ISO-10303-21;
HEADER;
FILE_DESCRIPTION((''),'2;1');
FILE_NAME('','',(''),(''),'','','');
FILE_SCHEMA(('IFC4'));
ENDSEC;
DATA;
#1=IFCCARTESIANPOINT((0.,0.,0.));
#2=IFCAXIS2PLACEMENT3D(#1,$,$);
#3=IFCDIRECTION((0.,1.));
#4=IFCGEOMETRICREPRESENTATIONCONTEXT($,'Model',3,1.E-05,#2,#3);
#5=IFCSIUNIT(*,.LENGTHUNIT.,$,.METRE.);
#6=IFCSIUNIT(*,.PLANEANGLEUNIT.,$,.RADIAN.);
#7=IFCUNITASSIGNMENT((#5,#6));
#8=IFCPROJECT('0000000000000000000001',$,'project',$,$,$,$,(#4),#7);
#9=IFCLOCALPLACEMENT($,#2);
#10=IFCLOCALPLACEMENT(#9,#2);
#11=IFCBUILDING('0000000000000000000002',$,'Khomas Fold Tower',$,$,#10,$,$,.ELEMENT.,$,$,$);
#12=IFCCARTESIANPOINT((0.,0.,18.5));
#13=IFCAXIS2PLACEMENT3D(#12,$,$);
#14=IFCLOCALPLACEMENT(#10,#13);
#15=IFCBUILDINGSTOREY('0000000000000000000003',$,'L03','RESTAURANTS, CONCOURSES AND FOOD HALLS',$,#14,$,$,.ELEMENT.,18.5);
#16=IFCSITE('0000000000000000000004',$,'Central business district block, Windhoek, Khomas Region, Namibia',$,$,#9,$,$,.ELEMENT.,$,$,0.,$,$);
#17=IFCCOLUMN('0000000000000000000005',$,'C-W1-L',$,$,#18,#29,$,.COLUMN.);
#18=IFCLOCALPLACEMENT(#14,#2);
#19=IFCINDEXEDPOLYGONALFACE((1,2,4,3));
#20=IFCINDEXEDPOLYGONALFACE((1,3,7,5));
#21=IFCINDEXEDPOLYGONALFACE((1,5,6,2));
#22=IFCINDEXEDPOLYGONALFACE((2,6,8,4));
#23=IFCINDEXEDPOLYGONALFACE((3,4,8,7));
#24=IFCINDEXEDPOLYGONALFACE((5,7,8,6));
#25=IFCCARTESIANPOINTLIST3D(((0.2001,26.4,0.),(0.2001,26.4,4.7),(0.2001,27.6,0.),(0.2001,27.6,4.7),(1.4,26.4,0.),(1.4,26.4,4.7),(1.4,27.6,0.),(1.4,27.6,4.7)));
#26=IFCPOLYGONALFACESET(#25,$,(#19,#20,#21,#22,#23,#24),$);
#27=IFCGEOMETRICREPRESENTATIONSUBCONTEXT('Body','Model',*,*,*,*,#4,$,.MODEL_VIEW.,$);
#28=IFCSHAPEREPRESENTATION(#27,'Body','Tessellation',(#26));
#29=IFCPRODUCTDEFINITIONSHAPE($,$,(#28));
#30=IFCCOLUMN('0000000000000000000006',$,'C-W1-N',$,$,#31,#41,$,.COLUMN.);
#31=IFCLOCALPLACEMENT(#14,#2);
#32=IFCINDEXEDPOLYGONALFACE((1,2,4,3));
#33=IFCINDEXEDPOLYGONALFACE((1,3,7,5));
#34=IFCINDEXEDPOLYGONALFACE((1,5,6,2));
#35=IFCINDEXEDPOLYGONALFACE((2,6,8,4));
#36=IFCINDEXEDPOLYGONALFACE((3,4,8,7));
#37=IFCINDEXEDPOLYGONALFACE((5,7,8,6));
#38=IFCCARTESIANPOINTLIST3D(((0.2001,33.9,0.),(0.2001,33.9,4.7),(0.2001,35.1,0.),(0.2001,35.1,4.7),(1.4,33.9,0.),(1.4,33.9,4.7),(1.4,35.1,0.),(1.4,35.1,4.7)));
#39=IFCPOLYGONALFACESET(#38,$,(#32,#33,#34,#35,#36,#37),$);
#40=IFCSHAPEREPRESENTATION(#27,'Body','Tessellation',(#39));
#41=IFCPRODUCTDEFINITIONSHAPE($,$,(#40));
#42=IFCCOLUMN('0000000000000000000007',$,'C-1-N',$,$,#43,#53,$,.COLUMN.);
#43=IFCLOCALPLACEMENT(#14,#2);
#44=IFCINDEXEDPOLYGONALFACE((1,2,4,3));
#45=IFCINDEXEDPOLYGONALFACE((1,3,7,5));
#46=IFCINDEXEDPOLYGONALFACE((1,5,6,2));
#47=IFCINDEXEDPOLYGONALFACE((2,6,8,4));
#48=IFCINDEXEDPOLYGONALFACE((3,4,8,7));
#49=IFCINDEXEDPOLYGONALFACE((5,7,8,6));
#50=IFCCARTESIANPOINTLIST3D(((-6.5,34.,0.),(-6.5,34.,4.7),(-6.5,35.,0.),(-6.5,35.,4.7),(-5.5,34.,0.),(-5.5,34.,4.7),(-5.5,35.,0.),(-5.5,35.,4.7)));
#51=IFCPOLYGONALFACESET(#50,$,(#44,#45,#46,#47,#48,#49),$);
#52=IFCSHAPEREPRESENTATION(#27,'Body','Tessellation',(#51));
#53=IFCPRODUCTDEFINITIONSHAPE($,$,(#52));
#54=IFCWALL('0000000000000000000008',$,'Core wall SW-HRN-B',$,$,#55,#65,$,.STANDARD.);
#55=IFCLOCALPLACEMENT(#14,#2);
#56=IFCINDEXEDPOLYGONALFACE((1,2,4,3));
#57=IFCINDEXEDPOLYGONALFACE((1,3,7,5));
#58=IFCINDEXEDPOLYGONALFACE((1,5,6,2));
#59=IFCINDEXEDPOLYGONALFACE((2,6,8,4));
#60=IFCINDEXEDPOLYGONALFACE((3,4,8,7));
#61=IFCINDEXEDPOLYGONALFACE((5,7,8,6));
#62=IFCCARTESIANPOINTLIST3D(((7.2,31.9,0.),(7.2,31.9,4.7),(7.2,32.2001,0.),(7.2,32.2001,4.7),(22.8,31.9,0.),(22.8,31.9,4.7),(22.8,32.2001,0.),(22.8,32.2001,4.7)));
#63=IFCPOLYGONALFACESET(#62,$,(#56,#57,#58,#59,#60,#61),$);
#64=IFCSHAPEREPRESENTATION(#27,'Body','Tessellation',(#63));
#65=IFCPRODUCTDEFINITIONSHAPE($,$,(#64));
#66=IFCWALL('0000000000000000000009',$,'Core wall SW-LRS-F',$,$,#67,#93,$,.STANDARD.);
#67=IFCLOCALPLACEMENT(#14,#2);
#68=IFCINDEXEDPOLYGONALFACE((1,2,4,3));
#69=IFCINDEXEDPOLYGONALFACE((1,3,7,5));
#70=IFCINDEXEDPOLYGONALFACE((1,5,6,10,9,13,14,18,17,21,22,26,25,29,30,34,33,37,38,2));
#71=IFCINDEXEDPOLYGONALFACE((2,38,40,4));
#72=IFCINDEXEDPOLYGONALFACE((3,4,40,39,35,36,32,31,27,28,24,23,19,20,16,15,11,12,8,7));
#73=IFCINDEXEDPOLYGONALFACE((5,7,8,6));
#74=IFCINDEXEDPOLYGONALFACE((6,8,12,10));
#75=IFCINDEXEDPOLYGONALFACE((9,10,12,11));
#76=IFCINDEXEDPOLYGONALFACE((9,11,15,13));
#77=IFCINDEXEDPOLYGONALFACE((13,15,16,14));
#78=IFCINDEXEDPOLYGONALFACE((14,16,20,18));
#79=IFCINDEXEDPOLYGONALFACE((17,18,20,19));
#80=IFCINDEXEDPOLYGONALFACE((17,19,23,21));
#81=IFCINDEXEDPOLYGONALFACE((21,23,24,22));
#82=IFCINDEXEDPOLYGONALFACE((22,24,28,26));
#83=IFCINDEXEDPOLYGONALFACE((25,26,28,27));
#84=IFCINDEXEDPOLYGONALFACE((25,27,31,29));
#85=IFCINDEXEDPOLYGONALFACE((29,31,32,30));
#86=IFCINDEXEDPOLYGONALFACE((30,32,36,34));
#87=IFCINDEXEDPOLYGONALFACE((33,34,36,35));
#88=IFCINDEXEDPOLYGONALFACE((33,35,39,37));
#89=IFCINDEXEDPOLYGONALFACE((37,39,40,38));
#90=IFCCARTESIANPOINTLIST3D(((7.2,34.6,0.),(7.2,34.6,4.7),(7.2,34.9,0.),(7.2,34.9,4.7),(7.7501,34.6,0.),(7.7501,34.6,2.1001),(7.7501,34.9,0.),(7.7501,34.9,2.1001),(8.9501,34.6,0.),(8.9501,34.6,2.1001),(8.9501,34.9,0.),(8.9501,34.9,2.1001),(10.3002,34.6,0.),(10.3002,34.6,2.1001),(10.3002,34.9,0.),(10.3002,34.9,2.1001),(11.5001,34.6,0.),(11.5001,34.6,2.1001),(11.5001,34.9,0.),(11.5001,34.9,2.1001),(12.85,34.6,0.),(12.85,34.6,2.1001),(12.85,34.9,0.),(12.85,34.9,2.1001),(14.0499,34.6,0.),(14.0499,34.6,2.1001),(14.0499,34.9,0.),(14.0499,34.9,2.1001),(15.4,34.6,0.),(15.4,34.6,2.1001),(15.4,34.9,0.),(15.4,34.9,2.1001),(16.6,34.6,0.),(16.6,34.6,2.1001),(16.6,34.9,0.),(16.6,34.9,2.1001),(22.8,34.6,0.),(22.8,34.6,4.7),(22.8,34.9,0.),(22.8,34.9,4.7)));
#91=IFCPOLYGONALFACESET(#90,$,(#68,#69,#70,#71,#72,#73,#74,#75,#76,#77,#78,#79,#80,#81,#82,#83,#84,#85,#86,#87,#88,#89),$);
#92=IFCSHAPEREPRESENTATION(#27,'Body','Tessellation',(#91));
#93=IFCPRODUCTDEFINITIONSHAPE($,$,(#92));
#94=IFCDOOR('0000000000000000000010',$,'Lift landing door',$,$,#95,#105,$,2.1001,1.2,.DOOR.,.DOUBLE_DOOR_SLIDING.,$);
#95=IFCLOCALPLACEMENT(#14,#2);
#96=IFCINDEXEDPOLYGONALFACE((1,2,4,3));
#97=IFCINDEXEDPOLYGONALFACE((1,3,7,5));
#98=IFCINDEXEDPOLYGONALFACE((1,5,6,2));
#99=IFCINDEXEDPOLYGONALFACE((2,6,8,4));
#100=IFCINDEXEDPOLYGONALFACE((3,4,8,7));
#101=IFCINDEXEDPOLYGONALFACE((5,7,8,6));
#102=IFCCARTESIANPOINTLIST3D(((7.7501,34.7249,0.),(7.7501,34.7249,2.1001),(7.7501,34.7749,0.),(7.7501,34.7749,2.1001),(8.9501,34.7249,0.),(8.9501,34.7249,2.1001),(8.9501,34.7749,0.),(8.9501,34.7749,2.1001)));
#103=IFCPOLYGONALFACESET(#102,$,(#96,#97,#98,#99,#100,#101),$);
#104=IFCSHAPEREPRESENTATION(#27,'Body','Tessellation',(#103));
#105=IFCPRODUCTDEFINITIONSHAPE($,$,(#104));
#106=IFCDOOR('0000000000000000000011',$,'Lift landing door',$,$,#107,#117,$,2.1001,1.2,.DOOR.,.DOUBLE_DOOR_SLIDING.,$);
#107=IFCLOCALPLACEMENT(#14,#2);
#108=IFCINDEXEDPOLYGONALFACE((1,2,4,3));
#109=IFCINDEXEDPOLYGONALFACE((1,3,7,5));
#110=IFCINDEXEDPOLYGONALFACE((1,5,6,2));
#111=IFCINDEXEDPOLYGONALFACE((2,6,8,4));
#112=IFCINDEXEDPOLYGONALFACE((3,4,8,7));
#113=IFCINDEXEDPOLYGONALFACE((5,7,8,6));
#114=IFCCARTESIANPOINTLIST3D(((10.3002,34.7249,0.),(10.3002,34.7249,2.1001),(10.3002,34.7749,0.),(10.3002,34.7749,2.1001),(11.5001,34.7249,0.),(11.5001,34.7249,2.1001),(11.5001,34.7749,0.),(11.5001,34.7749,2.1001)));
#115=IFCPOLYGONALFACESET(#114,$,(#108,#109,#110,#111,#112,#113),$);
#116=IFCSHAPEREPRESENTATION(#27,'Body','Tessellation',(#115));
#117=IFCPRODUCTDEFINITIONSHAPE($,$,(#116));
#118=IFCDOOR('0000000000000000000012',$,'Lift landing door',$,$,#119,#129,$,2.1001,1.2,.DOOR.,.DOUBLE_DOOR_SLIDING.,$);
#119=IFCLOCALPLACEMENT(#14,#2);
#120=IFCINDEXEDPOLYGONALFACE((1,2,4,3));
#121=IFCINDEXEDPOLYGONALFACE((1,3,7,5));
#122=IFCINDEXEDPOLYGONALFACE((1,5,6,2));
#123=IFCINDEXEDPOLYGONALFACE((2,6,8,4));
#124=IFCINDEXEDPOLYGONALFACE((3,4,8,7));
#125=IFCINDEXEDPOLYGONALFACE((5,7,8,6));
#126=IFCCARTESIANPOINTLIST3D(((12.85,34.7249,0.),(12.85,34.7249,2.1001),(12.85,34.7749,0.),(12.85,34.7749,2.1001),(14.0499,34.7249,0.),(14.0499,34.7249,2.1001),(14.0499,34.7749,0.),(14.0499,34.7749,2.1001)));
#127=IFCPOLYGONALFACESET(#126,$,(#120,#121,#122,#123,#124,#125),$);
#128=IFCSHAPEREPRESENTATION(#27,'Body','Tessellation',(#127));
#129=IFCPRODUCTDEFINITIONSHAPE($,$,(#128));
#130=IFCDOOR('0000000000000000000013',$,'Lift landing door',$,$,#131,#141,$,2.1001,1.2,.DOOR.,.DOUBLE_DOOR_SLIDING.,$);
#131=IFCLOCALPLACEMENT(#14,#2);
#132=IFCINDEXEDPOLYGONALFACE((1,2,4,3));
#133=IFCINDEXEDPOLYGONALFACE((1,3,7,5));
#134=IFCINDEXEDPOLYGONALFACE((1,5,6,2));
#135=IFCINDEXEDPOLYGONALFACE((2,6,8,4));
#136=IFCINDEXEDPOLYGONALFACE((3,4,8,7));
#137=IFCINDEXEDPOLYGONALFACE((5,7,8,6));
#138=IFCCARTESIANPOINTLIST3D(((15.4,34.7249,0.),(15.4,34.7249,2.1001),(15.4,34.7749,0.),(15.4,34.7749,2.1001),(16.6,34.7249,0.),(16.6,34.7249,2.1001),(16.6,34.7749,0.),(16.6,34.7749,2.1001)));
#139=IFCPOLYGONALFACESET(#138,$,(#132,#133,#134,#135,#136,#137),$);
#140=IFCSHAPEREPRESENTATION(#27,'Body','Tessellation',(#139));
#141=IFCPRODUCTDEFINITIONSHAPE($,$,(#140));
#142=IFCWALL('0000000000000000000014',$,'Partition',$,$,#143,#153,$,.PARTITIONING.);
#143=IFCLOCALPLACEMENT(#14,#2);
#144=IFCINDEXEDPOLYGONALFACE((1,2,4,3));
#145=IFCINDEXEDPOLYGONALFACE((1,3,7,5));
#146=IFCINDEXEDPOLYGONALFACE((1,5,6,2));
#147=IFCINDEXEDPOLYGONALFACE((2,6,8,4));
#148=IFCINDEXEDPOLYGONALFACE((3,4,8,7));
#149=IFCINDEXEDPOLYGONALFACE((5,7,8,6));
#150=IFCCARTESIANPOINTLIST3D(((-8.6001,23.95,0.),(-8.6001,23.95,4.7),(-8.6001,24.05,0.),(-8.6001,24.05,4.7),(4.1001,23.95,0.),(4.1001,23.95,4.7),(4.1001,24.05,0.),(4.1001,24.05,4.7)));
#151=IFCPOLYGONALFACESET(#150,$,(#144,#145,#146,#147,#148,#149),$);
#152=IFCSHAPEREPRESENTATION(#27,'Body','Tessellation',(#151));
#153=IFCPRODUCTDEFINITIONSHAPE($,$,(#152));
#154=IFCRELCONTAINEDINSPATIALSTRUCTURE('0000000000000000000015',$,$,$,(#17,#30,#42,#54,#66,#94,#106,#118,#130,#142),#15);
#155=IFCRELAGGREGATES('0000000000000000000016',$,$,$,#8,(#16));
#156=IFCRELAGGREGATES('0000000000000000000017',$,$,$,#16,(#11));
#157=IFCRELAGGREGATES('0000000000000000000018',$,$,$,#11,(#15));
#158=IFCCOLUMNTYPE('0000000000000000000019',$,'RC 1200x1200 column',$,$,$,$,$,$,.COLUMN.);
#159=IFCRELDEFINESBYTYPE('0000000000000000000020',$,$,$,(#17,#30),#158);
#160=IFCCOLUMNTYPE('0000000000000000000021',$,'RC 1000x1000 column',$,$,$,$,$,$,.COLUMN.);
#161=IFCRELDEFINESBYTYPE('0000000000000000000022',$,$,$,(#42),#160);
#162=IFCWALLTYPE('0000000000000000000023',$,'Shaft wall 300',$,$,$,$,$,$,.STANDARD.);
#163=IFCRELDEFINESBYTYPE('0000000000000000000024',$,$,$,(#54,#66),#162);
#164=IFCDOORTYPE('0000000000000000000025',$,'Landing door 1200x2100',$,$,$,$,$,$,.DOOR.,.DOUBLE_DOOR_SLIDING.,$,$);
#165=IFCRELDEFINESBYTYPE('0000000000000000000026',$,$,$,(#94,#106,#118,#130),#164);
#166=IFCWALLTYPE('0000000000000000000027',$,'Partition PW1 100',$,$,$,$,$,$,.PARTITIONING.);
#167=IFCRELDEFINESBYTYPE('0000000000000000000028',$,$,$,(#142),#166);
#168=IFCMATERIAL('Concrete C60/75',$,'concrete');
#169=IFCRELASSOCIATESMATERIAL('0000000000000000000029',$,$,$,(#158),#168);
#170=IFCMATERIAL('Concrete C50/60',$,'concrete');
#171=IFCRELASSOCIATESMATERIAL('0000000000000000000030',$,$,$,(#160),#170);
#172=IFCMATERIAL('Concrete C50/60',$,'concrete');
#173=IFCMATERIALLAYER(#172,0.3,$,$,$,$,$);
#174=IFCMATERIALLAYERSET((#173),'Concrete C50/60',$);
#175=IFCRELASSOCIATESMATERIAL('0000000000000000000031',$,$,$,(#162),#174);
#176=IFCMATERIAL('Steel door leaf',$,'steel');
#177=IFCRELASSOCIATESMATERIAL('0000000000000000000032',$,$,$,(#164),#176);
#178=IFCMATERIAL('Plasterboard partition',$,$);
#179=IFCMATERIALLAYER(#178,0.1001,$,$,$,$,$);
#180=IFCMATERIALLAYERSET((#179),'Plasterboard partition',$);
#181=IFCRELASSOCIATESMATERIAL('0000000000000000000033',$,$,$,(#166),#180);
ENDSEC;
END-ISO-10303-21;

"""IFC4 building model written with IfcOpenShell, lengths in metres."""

from ifc_helpers import new_model, si_unit, direction, frame, frame_2d, origin, origin_2d, place, context, subcontext, project, spatial, rectangle, extrude, source, transform, mapped, material, layer, layer_set, material_profile, profile_set, type_object, element, fill, save


model = new_model("IFC4")

# Units and contexts
model_context = context("Model", 3, precision=1e-05, world=origin(), true_north=direction((0.0, 1.0)))
body_context = subcontext(model_context, "Body", "Model", "MODEL_VIEW")
ifc_project = project(units=[si_unit("LENGTHUNIT", "METRE"), si_unit("PLANEANGLEUNIT", "RADIAN")], contexts=[model_context])

# Site, building, storey
site_placement = place(None, origin())
site = spatial("IfcSite", under=ifc_project, at=site_placement, Name="Central business district block, Windhoek, Khomas Region, Namibia", CompositionType="ELEMENT", RefElevation=0.0)
building_placement = place(site_placement, origin())
building = spatial("IfcBuilding", under=site, at=building_placement, Name="Khomas Fold Tower", CompositionType="ELEMENT")
storey_placement = place(building_placement, frame((0.0, 0.0, 18.5)))
storey = spatial("IfcBuildingStorey", under=building, at=storey_placement, Name="L03", Description="RESTAURANTS, CONCOURSES AND FOOD HALLS", CompositionType="ELEMENT", Elevation=18.5)

# Columns
ifc_material_1 = material(Name="Concrete C60/75", Category="concrete")
ifc_material_profile_1 = material_profile(ifc_material_1, rectangle(XDim=1.2, YDim=1.2, at=origin_2d()), Name="RC 1200x1200")
ifc_profile_set_1 = profile_set([ifc_material_profile_1], Name="Concrete C60/75")
column_type_1 = type_object("IfcColumnType", Name="RC 1200x1200 column", PredefinedType="COLUMN", material=ifc_profile_set_1)
shared_shape_1 = source(origin(), body_context, "Body", "SweptSolid", [
    extrude(rectangle(XDim=1.2, YDim=1.2, at=origin_2d()), origin(), (0.0, 0.0, 1.0), 4.7),
])
for number, where, z_axis, x_axis, name in (
    (1, (0.8, 27.0, 0.0), (0.0, 0.0, 1.0), (1.0, 0.0, 0.0), "C-W1-L"),
    (2, (0.8, 34.5, 0.0), (0.0, 0.0, 1.0), (1.0, 0.0, 0.0), "C-W1-N"),
):
    element("IfcColumn", number, at=place(storey_placement, frame(where, z_axis=z_axis, x_axis=x_axis)), inside=storey, type_object=column_type_1, Name=name, PredefinedType="COLUMN", context=body_context, shape_type="MappedRepresentation", body=[
        mapped(shared_shape_1, transform((0.0, 0.0, 0.0))),
    ])
ifc_material_2 = material(Name="Concrete C50/60", Category="concrete")
ifc_material_profile_2 = material_profile(ifc_material_2, rectangle(XDim=1.0, YDim=1.0, at=origin_2d()), Name="RC 1000x1000")
ifc_profile_set_2 = profile_set([ifc_material_profile_2], Name="Concrete C50/60")
column_type_2 = type_object("IfcColumnType", Name="RC 1000x1000 column", PredefinedType="COLUMN", material=ifc_profile_set_2)
shared_shape_2 = source(origin(), body_context, "Body", "SweptSolid", [
    extrude(rectangle(XDim=1.0, YDim=1.0, at=origin_2d()), origin(), (0.0, 0.0, 1.0), 4.7),
])
column_placement = place(storey_placement, frame((-6.0, 34.5, 0.0), z_axis=(0.0, 0.0, 1.0), x_axis=(1.0, 0.0, 0.0)))
element("IfcColumn", 3, at=column_placement, inside=storey, type_object=column_type_2, Name="C-1-N", PredefinedType="COLUMN", context=body_context, shape_type="MappedRepresentation", body=[
    mapped(shared_shape_2, transform((0.0, 0.0, 0.0))),
])

# Wall
ifc_material_3 = material(Name="Concrete C50/60", Category="concrete")
ifc_layer_1 = layer(ifc_material_3, 0.3)
ifc_layer_set_1 = layer_set([ifc_layer_1], Name="Concrete C50/60")
wall_type_1 = type_object("IfcWallType", Name="Shaft wall 300", PredefinedType="STANDARD", material=ifc_layer_set_1)
shared_shape_3 = source(origin(), body_context, "Body", "SweptSolid", [
    extrude(rectangle(XDim=15.6001, YDim=0.3, at=frame_2d((7.8, 0.0))), origin(), (0.0, 0.0, 1.0), 4.7),
])
wall_1_placement = place(storey_placement, frame((7.2, 32.05, 0.0), z_axis=(0.0, 0.0, 1.0), x_axis=(1.0, 0.0, 0.0)))
element("IfcWall", 4, at=wall_1_placement, inside=storey, type_object=wall_type_1, Name="Core wall SW-HRN-B", PredefinedType="STANDARD", context=body_context, shape_type="MappedRepresentation", body=[
    mapped(shared_shape_3, transform((0.0, 0.0, 0.0))),
])

# Wall, openings, doors
wall_2_placement = place(storey_placement, frame((7.2, 34.75, 0.0), z_axis=(0.0, 0.0, 1.0), x_axis=(1.0, 0.0, 0.0)))
wall_2 = element("IfcWall", 5, at=wall_2_placement, inside=storey, type_object=wall_type_1, Name="Core wall SW-LRS-F", PredefinedType="STANDARD", context=body_context, shape_type="MappedRepresentation", body=[
    mapped(shared_shape_3, transform((0.0, 0.0, 0.0))),
])
shared_shape_4 = source(origin(), body_context, "Body", "SweptSolid", [
    extrude(rectangle(XDim=1.2, YDim=2.1001, at=frame_2d((0.6001, 1.05))), frame((0.0, 0.1599, 0.0), z_axis=(0.0, -1.0, 0.0), x_axis=(1.0, 0.0, 0.0)), (0.0, 0.0, 1.0), 0.3201),
])
opening_1_placement = place(wall_2_placement, frame((0.55, 0.0, 0.0)))
opening_1 = element("IfcOpeningElement", 6, at=opening_1_placement, cuts=wall_2, PredefinedType="OPENING", context=body_context, shape_type="MappedRepresentation", body=[
    mapped(shared_shape_4, transform((0.0, 0.0, 0.0))),
])
opening_2_placement = place(wall_2_placement, frame((3.1001, 0.0, 0.0)))
opening_2 = element("IfcOpeningElement", 7, at=opening_2_placement, cuts=wall_2, PredefinedType="OPENING", context=body_context, shape_type="MappedRepresentation", body=[
    mapped(shared_shape_4, transform((0.0, 0.0, 0.0))),
])
opening_3_placement = place(wall_2_placement, frame((5.6499, 0.0, 0.0)))
opening_3 = element("IfcOpeningElement", 8, at=opening_3_placement, cuts=wall_2, PredefinedType="OPENING", context=body_context, shape_type="MappedRepresentation", body=[
    mapped(shared_shape_4, transform((0.0, 0.0, 0.0))),
])
opening_4_placement = place(wall_2_placement, frame((8.2, 0.0, 0.0)))
opening_4 = element("IfcOpeningElement", 9, at=opening_4_placement, cuts=wall_2, PredefinedType="OPENING", context=body_context, shape_type="MappedRepresentation", body=[
    mapped(shared_shape_4, transform((0.0, 0.0, 0.0))),
])
ifc_material_4 = material(Name="Steel door leaf", Category="steel")
door_type_1 = type_object("IfcDoorType", Name="Landing door 1200x2100", OperationType="DOUBLE_DOOR_SLIDING", PredefinedType="DOOR", material=ifc_material_4)
shared_shape_5 = source(origin(), body_context, "Body", "SweptSolid", [
    extrude(rectangle(XDim=1.2, YDim=2.1001, at=frame_2d((0.6001, 1.05))), frame((0.0, 0.0249, 0.0), z_axis=(0.0, -1.0, 0.0), x_axis=(1.0, 0.0, 0.0)), (0.0, 0.0, 1.0), 0.05),
])
door_1_placement = place(opening_1_placement, origin())
door_1 = element("IfcDoor", 10, at=door_1_placement, inside=storey, type_object=door_type_1, Name="Lift landing door", OperationType="DOUBLE_DOOR_SLIDING", OverallHeight=2.1001, OverallWidth=1.2, PredefinedType="DOOR", context=body_context, shape_type="MappedRepresentation", body=[
    mapped(shared_shape_5, transform((0.0, 0.0, 0.0))),
])
fill(opening_1, door_1)
door_2_placement = place(opening_2_placement, origin())
door_2 = element("IfcDoor", 11, at=door_2_placement, inside=storey, type_object=door_type_1, Name="Lift landing door", OperationType="DOUBLE_DOOR_SLIDING", OverallHeight=2.1001, OverallWidth=1.2, PredefinedType="DOOR", context=body_context, shape_type="MappedRepresentation", body=[
    mapped(shared_shape_5, transform((0.0, 0.0, 0.0))),
])
fill(opening_2, door_2)
door_3_placement = place(opening_3_placement, origin())
door_3 = element("IfcDoor", 12, at=door_3_placement, inside=storey, type_object=door_type_1, Name="Lift landing door", OperationType="DOUBLE_DOOR_SLIDING", OverallHeight=2.1001, OverallWidth=1.2, PredefinedType="DOOR", context=body_context, shape_type="MappedRepresentation", body=[
    mapped(shared_shape_5, transform((0.0, 0.0, 0.0))),
])
fill(opening_3, door_3)
door_4_placement = place(opening_4_placement, origin())
door_4 = element("IfcDoor", 13, at=door_4_placement, inside=storey, type_object=door_type_1, Name="Lift landing door", OperationType="DOUBLE_DOOR_SLIDING", OverallHeight=2.1001, OverallWidth=1.2, PredefinedType="DOOR", context=body_context, shape_type="MappedRepresentation", body=[
    mapped(shared_shape_5, transform((0.0, 0.0, 0.0))),
])
fill(opening_4, door_4)

# Wall
ifc_material_5 = material(Name="Plasterboard partition")
ifc_layer_2 = layer(ifc_material_5, 0.1001)
ifc_layer_set_2 = layer_set([ifc_layer_2], Name="Plasterboard partition")
wall_type_2 = type_object("IfcWallType", Name="Partition PW1 100", PredefinedType="PARTITIONING", material=ifc_layer_set_2)
shared_shape_6 = source(origin(), body_context, "Body", "SweptSolid", [
    extrude(rectangle(XDim=12.7002, YDim=0.1001, at=frame_2d((6.3501, 0.0))), origin(), (0.0, 0.0, 1.0), 4.7),
])
wall_3_placement = place(storey_placement, frame((-8.6001, 24.0, 0.0), z_axis=(0.0, 0.0, 1.0), x_axis=(1.0, 0.0, 0.0)))
element("IfcWall", 14, at=wall_3_placement, inside=storey, type_object=wall_type_2, Name="Partition", PredefinedType="PARTITIONING", context=body_context, shape_type="MappedRepresentation", body=[
    mapped(shared_shape_6, transform((0.0, 0.0, 0.0))),
])

save(model, "model.ifc")
